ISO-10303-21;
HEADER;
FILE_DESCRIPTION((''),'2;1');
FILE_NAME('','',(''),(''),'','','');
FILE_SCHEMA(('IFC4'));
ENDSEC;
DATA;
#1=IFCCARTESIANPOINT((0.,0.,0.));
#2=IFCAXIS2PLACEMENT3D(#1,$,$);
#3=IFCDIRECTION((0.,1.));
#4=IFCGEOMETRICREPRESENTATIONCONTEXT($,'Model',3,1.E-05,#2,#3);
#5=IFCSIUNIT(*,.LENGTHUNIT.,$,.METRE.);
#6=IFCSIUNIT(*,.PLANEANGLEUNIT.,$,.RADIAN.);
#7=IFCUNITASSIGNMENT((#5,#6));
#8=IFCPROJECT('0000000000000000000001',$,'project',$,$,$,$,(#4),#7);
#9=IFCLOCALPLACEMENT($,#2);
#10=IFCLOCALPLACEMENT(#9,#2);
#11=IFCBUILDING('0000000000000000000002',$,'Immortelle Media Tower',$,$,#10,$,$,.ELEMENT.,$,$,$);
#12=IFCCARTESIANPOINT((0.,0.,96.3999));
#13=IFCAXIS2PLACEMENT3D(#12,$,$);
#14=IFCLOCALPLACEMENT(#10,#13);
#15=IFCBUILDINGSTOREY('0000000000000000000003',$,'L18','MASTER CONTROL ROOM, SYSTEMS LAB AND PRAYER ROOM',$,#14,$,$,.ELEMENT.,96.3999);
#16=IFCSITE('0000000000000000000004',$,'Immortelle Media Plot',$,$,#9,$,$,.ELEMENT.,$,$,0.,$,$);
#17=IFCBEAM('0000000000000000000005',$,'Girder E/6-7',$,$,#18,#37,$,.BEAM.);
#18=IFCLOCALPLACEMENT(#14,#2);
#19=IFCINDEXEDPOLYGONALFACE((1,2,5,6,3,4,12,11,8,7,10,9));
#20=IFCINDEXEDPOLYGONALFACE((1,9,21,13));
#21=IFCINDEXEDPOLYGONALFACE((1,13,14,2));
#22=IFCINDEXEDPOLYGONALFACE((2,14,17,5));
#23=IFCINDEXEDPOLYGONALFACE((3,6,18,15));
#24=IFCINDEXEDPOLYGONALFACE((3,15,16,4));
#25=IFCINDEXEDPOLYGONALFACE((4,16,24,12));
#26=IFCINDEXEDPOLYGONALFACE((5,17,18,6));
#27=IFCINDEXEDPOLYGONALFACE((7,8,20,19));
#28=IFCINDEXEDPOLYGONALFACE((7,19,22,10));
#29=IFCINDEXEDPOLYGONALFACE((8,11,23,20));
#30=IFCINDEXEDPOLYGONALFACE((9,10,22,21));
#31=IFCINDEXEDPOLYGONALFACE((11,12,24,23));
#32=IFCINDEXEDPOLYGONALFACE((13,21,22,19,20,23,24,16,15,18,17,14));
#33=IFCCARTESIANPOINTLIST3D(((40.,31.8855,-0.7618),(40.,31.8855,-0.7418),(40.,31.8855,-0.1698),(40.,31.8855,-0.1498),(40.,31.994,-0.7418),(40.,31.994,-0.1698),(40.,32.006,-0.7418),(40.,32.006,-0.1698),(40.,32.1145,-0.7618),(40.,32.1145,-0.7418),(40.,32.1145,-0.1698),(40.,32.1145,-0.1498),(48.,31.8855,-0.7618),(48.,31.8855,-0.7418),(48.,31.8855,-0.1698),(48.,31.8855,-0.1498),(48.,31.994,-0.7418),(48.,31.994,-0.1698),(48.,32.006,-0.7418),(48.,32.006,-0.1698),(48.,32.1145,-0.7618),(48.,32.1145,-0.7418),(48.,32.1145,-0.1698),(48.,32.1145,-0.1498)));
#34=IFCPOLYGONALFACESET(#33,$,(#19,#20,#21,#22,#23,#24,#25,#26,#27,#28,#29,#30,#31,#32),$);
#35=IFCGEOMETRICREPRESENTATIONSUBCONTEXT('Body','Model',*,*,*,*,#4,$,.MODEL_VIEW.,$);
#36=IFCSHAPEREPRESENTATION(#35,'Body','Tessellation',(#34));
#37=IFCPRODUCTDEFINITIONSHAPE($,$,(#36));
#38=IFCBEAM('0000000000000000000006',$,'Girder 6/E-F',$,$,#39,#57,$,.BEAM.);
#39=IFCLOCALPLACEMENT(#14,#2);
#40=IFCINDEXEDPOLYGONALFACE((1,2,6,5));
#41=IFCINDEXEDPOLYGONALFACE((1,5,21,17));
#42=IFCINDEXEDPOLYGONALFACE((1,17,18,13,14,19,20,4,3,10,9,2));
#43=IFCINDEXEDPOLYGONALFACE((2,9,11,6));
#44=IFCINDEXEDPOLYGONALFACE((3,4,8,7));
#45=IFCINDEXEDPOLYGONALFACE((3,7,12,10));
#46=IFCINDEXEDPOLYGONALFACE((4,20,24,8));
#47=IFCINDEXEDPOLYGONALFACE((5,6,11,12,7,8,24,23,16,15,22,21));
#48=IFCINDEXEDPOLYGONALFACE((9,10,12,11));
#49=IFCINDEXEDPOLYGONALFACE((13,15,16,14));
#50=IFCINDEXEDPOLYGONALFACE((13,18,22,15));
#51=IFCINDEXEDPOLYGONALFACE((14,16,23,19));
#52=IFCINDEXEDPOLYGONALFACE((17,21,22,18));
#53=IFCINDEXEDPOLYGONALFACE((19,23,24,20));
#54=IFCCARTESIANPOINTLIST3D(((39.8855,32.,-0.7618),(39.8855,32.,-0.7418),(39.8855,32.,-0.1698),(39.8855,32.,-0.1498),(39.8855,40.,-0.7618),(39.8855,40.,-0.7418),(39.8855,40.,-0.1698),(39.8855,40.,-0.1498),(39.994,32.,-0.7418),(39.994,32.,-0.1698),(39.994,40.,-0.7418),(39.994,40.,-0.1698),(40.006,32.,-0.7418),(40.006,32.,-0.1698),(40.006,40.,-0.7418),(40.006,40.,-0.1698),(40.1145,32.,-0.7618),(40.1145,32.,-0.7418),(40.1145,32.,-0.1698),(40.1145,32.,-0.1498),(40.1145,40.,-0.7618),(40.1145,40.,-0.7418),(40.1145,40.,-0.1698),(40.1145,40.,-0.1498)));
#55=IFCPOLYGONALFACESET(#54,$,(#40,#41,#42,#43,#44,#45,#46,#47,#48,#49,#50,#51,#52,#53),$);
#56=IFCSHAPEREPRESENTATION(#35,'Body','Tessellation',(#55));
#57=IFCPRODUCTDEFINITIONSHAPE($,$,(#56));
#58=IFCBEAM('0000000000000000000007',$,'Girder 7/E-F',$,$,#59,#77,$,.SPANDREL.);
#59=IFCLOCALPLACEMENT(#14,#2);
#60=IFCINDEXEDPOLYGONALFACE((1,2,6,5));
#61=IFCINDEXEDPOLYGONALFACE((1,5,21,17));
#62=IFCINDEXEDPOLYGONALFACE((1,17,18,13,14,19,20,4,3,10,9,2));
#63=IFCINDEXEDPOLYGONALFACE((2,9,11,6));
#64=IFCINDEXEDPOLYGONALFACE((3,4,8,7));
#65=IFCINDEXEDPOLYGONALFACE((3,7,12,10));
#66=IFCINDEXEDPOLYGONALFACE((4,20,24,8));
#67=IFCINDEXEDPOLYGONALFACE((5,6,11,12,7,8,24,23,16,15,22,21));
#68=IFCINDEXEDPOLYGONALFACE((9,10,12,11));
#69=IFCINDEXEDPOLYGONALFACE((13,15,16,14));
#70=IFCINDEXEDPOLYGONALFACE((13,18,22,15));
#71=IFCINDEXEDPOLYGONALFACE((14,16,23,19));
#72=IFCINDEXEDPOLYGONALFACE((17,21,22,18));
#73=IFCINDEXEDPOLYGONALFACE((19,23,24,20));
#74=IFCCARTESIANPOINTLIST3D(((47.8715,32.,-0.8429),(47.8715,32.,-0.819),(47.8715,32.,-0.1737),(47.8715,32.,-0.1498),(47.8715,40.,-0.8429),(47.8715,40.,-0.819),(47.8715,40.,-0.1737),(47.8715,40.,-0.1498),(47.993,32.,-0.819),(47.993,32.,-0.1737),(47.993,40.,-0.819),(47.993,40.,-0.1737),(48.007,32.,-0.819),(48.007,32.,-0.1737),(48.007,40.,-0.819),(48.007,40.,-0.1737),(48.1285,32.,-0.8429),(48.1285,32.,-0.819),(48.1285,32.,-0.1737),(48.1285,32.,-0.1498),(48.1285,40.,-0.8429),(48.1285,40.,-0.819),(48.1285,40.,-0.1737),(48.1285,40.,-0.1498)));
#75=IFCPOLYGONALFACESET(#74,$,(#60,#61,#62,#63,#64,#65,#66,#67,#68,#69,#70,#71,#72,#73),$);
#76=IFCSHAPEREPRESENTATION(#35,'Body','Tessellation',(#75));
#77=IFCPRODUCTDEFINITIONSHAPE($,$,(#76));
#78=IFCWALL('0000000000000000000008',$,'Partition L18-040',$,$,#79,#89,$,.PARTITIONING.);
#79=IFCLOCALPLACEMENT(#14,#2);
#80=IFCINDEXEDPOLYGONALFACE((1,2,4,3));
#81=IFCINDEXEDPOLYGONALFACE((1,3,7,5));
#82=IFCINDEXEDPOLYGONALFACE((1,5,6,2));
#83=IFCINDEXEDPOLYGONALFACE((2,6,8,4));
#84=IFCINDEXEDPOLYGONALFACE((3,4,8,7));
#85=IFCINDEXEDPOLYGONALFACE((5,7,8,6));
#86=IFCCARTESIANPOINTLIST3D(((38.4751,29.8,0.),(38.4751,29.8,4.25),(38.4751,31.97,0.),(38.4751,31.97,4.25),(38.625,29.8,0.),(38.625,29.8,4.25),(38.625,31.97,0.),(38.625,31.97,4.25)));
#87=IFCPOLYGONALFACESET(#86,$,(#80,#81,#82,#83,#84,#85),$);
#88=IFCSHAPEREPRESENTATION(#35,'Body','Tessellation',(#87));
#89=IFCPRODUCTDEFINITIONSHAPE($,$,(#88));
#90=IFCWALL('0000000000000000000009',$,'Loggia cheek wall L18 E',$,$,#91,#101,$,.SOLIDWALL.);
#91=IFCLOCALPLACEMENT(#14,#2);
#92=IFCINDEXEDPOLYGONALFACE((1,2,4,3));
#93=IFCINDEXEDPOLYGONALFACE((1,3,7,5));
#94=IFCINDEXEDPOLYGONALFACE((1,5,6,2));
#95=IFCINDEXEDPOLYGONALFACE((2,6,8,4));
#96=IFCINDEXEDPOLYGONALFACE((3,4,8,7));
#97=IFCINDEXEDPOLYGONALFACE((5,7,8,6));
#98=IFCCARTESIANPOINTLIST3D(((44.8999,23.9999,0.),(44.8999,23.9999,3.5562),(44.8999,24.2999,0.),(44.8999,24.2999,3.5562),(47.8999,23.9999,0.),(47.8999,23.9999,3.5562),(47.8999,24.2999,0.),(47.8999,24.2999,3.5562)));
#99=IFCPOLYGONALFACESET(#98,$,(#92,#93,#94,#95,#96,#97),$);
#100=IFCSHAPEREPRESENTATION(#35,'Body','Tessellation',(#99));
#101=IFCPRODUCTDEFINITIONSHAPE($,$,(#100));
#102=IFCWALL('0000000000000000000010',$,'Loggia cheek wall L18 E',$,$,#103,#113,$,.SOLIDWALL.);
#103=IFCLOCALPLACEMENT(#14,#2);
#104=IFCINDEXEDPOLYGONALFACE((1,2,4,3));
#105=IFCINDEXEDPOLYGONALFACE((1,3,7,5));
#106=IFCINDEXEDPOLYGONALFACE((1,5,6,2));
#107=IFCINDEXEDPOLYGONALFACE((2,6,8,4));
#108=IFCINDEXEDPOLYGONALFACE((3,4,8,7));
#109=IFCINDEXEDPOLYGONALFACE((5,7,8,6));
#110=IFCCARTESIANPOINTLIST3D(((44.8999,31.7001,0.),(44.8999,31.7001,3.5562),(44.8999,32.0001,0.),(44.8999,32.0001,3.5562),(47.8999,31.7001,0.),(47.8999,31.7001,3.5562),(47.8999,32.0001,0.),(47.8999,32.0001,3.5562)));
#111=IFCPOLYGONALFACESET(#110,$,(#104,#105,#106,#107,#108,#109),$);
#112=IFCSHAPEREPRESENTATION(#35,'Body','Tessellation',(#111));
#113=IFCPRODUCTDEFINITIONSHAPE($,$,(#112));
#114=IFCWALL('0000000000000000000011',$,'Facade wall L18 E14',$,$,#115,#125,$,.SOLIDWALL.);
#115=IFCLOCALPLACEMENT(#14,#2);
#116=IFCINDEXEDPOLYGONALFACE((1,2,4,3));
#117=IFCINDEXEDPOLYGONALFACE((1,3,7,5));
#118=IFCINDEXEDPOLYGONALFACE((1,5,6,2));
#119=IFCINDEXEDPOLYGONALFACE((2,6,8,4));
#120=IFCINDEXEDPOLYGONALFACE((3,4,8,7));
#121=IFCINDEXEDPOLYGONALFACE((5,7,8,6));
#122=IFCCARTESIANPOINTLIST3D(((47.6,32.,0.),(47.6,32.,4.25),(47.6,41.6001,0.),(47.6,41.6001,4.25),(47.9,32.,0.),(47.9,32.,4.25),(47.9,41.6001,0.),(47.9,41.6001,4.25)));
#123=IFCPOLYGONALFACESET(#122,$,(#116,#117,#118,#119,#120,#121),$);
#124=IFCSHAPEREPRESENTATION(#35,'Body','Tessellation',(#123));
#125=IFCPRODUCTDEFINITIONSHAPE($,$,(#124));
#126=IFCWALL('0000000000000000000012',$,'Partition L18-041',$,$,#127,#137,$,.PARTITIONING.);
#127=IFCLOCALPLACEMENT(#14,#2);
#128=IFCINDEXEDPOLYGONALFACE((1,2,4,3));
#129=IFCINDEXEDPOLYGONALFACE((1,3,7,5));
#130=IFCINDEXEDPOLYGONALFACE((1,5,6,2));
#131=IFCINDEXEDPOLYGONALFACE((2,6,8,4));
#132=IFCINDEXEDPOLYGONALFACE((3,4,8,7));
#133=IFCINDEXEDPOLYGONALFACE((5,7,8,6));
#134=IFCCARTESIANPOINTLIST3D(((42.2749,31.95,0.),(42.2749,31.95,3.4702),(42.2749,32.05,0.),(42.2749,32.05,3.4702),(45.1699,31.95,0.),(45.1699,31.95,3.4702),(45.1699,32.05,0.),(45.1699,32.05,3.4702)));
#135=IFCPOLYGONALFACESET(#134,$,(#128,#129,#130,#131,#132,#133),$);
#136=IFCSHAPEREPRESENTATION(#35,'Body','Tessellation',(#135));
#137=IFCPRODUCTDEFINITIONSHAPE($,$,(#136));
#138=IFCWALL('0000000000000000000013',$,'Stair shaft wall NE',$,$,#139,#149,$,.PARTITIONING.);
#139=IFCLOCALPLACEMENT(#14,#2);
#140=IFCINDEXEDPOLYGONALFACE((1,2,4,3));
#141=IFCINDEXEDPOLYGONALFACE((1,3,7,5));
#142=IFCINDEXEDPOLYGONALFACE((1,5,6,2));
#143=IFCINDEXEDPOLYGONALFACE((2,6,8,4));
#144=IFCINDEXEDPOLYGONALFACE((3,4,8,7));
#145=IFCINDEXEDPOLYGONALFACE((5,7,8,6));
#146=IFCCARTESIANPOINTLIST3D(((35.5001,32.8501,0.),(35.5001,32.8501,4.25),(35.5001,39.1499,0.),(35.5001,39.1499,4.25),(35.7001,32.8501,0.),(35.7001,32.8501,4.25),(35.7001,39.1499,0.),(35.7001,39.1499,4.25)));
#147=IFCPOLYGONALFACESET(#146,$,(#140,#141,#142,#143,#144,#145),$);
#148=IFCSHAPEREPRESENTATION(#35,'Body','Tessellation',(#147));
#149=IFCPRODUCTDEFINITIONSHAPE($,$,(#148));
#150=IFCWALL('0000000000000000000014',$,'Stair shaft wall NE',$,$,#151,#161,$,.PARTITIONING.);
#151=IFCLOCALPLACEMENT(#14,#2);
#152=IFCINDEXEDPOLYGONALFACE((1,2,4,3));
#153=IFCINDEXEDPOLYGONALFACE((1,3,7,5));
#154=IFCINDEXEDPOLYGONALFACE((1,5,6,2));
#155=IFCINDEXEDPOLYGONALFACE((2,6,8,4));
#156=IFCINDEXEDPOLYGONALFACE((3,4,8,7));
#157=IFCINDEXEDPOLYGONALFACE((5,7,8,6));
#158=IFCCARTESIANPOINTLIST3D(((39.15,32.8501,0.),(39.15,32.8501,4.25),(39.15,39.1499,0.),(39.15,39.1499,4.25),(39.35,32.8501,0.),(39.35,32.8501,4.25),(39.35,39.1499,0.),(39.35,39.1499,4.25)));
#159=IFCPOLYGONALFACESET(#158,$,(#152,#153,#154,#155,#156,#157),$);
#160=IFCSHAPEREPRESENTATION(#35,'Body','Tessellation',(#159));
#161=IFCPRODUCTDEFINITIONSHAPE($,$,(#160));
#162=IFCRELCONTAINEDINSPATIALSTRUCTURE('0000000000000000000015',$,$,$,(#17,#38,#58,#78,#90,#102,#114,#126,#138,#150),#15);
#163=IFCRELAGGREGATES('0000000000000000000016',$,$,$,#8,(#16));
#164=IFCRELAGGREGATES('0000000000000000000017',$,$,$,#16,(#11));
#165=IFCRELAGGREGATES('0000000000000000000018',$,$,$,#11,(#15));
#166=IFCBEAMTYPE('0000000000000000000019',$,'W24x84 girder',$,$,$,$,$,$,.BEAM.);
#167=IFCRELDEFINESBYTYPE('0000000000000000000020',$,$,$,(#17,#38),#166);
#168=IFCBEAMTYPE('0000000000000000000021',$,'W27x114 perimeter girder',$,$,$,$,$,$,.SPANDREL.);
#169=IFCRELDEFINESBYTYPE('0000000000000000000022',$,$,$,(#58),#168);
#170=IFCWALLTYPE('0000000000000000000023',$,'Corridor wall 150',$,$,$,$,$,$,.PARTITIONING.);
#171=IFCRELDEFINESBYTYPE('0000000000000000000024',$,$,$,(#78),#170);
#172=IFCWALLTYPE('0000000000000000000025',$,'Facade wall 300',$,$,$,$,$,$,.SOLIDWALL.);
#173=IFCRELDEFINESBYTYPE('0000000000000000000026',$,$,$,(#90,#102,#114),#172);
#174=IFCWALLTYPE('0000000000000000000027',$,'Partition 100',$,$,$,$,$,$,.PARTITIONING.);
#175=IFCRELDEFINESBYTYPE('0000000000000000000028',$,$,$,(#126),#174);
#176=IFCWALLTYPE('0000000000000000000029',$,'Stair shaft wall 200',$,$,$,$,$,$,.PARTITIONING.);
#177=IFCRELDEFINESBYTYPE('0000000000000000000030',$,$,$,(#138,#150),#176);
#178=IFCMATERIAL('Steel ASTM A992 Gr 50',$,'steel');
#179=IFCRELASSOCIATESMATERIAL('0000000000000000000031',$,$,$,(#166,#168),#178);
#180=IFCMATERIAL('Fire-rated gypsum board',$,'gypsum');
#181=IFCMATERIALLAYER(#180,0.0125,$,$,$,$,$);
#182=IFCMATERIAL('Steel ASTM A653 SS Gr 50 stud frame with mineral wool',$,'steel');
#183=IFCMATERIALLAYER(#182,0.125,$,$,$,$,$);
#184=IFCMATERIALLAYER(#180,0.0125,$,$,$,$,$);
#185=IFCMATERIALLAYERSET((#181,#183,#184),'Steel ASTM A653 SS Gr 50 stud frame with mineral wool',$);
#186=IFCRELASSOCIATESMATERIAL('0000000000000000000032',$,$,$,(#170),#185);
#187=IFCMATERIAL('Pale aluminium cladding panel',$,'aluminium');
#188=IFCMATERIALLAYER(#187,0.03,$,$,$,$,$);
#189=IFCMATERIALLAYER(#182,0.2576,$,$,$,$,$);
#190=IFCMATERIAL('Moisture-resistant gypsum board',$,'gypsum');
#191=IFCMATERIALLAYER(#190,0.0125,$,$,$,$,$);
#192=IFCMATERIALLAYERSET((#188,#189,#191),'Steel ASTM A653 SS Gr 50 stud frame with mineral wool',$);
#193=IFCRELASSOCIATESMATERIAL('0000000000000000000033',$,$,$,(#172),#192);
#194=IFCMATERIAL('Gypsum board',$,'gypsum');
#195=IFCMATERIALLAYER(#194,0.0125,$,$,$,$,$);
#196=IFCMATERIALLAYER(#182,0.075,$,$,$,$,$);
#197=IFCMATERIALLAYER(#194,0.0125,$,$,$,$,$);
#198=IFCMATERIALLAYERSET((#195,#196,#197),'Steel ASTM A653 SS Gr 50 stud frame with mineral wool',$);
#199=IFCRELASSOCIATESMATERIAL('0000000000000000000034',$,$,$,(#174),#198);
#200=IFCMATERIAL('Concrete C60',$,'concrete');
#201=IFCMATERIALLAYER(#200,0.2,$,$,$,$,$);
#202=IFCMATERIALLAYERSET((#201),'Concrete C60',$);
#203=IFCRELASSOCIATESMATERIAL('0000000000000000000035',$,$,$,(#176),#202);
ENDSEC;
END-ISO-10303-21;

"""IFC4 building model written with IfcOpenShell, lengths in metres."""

from ifc_helpers import new_model, si_unit, direction, frame, frame_2d, origin, origin_2d, place, context, subcontext, project, spatial, rectangle, i_section, extrude, material, layer, layer_set, material_profile, profile_set, type_object, element, save


model = new_model("IFC4")

# Units and contexts
model_context = context("Model", 3, precision=1e-05, world=origin(), true_north=direction((0.0, 1.0)))
body_context = subcontext(model_context, "Body", "Model", "MODEL_VIEW")
ifc_project = project(units=[si_unit("LENGTHUNIT", "METRE"), si_unit("PLANEANGLEUNIT", "RADIAN")], contexts=[model_context])

# Site, building, storey
site_placement = place(None, origin())
site = spatial("IfcSite", under=ifc_project, at=site_placement, Name="Immortelle Media Plot", CompositionType="ELEMENT", RefElevation=0.0)
building_placement = place(site_placement, origin())
building = spatial("IfcBuilding", under=site, at=building_placement, Name="Immortelle Media Tower", CompositionType="ELEMENT")
storey_placement = place(building_placement, frame((0.0, 0.0, 96.3999)))
storey = spatial("IfcBuildingStorey", under=building, at=storey_placement, Name="L18", Description="MASTER CONTROL ROOM, SYSTEMS LAB AND PRAYER ROOM", CompositionType="ELEMENT", Elevation=96.3999)

# Shared definitions
ifc_material_1 = material(Name="Steel ASTM A992 Gr 50", Category="steel")

# Beams
ifc_material_profile_1 = material_profile(ifc_material_1, i_section(OverallWidth=0.229, OverallDepth=0.6121, WebThickness=0.012, FlangeThickness=0.02, at=origin_2d()), Name="W24x84")
ifc_profile_set_1 = profile_set([ifc_material_profile_1], Name="Steel ASTM A992 Gr 50")
beam_type_1 = type_object("IfcBeamType", Name="W24x84 girder", PredefinedType="BEAM", material=ifc_profile_set_1)
for number, where, z_axis, x_axis, name in (
    (1, (40.0, 32.0, -0.4558), (1.0, 0.0, 0.0), (0.0, 1.0, 0.0), "Girder E/6-7"),
    (2, (40.0, 32.0, -0.4558), (0.0, 1.0, 0.0), (-1.0, 0.0, 0.0), "Girder 6/E-F"),
):
    element("IfcBeam", number, at=place(storey_placement, frame(where, z_axis=z_axis, x_axis=x_axis)), inside=storey, type_object=beam_type_1, Name=name, PredefinedType="BEAM", context=body_context, shape_type="SweptSolid", body=[
        extrude(i_section(OverallWidth=0.229, OverallDepth=0.6121, WebThickness=0.012, FlangeThickness=0.02, at=origin_2d()), origin(), (0.0, 0.0, 1.0), 8.0),
    ])
ifc_material_profile_2 = material_profile(ifc_material_1, i_section(OverallWidth=0.2571, OverallDepth=0.6931, WebThickness=0.0139, FlangeThickness=0.0239, at=origin_2d()), Name="W27x114")
ifc_profile_set_2 = profile_set([ifc_material_profile_2], Name="Steel ASTM A992 Gr 50")
beam_type_2 = type_object("IfcBeamType", Name="W27x114 perimeter girder", PredefinedType="SPANDREL", material=ifc_profile_set_2)
beam_1_placement = place(storey_placement, frame((48.0, 32.0, -0.4963), z_axis=(0.0, 1.0, 0.0), x_axis=(-1.0, 0.0, 0.0)))
element("IfcBeam", 3, at=beam_1_placement, inside=storey, type_object=beam_type_2, Name="Girder 7/E-F", PredefinedType="SPANDREL", context=body_context, shape_type="SweptSolid", body=[
    extrude(i_section(OverallWidth=0.2571, OverallDepth=0.6931, WebThickness=0.0139, FlangeThickness=0.0239, at=origin_2d()), origin(), (0.0, 0.0, 1.0), 8.0),
])

# Wall
ifc_material_2 = material(Name="Fire-rated gypsum board", Category="gypsum")
ifc_layer_1 = layer(ifc_material_2, 0.0125)
ifc_material_3 = material(Name="Steel ASTM A653 SS Gr 50 stud frame with mineral wool", Category="steel")
ifc_layer_2 = layer(ifc_material_3, 0.125)
ifc_layer_3 = layer(ifc_material_2, 0.0125)
ifc_layer_set_1 = layer_set([ifc_layer_1, ifc_layer_2, ifc_layer_3], Name="Steel ASTM A653 SS Gr 50 stud frame with mineral wool")
wall_type_1 = type_object("IfcWallType", Name="Corridor wall 150", PredefinedType="PARTITIONING", material=ifc_layer_set_1)
wall_1_placement = place(storey_placement, frame((38.55, 29.8, 0.0), z_axis=(0.0, 0.0, 1.0), x_axis=(0.0, 1.0, 0.0)))
element("IfcWall", 4, at=wall_1_placement, inside=storey, type_object=wall_type_1, Name="Partition L18-040", PredefinedType="PARTITIONING", context=body_context, shape_type="SweptSolid", body=[
    extrude(rectangle(XDim=2.1699, YDim=0.1499, at=frame_2d((1.085, 0.0))), origin(), (0.0, 0.0, 1.0), 4.25),
])

# Shared definitions
ifc_material_4 = material(Name="Pale aluminium cladding panel", Category="aluminium")
ifc_layer_4 = layer(ifc_material_4, 0.03)
ifc_layer_5 = layer(ifc_material_3, 0.2576)
ifc_material_5 = material(Name="Moisture-resistant gypsum board", Category="gypsum")
ifc_layer_6 = layer(ifc_material_5, 0.0125)
ifc_layer_set_2 = layer_set([ifc_layer_4, ifc_layer_5, ifc_layer_6], Name="Steel ASTM A653 SS Gr 50 stud frame with mineral wool")
wall_type_2 = type_object("IfcWallType", Name="Facade wall 300", PredefinedType="SOLIDWALL", material=ifc_layer_set_2)

# Walls
for number, where, z_axis, x_axis, name in (
    (5, (47.8999, 24.1499, 0.0), (0.0, 0.0, 1.0), (-1.0, 0.0, 0.0), "Loggia cheek wall L18 E"),
    (6, (47.8999, 31.8501, 0.0), (0.0, 0.0, 1.0), (-1.0, 0.0, 0.0), "Loggia cheek wall L18 E"),
):
    element("IfcWall", number, at=place(storey_placement, frame(where, z_axis=z_axis, x_axis=x_axis)), inside=storey, type_object=wall_type_2, Name=name, PredefinedType="SOLIDWALL", context=body_context, shape_type="SweptSolid", body=[
        extrude(rectangle(XDim=3.0, YDim=0.3, at=frame_2d((1.5, 0.0))), origin(), (0.0, 0.0, 1.0), 3.5562),
    ])
wall_2_placement = place(storey_placement, frame((47.75, 32.0, 0.0), z_axis=(0.0, 0.0, 1.0), x_axis=(0.0, 1.0, 0.0)))
element("IfcWall", 7, at=wall_2_placement, inside=storey, type_object=wall_type_2, Name="Facade wall L18 E14", PredefinedType="SOLIDWALL", context=body_context, shape_type="SweptSolid", body=[
    extrude(rectangle(XDim=9.6001, YDim=0.3, at=frame_2d((4.8, 0.0))), origin(), (0.0, 0.0, 1.0), 4.25),
])
ifc_material_6 = material(Name="Gypsum board", Category="gypsum")
ifc_layer_7 = layer(ifc_material_6, 0.0125)
ifc_layer_8 = layer(ifc_material_3, 0.075)
ifc_layer_9 = layer(ifc_material_6, 0.0125)
ifc_layer_set_3 = layer_set([ifc_layer_7, ifc_layer_8, ifc_layer_9], Name="Steel ASTM A653 SS Gr 50 stud frame with mineral wool")
wall_type_3 = type_object("IfcWallType", Name="Partition 100", PredefinedType="PARTITIONING", material=ifc_layer_set_3)
wall_3_placement = place(storey_placement, frame((42.2749, 32.0, 0.0), z_axis=(0.0, 0.0, 1.0), x_axis=(1.0, 0.0, 0.0)))
element("IfcWall", 8, at=wall_3_placement, inside=storey, type_object=wall_type_3, Name="Partition L18-041", PredefinedType="PARTITIONING", context=body_context, shape_type="SweptSolid", body=[
    extrude(rectangle(XDim=2.895, YDim=0.1001, at=frame_2d((1.4475, 0.0))), origin(), (0.0, 0.0, 1.0), 3.4702),
])
ifc_material_7 = material(Name="Concrete C60", Category="concrete")
ifc_layer_10 = layer(ifc_material_7, 0.2)
ifc_layer_set_4 = layer_set([ifc_layer_10], Name="Concrete C60")
wall_type_4 = type_object("IfcWallType", Name="Stair shaft wall 200", PredefinedType="PARTITIONING", material=ifc_layer_set_4)
for number, where, z_axis, x_axis, name in (
    (9, (35.6001, 32.8501, 0.0), (0.0, 0.0, 1.0), (0.0, 1.0, 0.0), "Stair shaft wall NE"),
    (10, (39.25, 32.8501, 0.0), (0.0, 0.0, 1.0), (0.0, 1.0, 0.0), "Stair shaft wall NE"),
):
    element("IfcWall", number, at=place(storey_placement, frame(where, z_axis=z_axis, x_axis=x_axis)), inside=storey, type_object=wall_type_4, Name=name, PredefinedType="PARTITIONING", context=body_context, shape_type="SweptSolid", body=[
        extrude(rectangle(XDim=6.2998, YDim=0.2, at=frame_2d((3.1499, 0.0))), origin(), (0.0, 0.0, 1.0), 4.25),
    ])

save(model, "model.ifc")
